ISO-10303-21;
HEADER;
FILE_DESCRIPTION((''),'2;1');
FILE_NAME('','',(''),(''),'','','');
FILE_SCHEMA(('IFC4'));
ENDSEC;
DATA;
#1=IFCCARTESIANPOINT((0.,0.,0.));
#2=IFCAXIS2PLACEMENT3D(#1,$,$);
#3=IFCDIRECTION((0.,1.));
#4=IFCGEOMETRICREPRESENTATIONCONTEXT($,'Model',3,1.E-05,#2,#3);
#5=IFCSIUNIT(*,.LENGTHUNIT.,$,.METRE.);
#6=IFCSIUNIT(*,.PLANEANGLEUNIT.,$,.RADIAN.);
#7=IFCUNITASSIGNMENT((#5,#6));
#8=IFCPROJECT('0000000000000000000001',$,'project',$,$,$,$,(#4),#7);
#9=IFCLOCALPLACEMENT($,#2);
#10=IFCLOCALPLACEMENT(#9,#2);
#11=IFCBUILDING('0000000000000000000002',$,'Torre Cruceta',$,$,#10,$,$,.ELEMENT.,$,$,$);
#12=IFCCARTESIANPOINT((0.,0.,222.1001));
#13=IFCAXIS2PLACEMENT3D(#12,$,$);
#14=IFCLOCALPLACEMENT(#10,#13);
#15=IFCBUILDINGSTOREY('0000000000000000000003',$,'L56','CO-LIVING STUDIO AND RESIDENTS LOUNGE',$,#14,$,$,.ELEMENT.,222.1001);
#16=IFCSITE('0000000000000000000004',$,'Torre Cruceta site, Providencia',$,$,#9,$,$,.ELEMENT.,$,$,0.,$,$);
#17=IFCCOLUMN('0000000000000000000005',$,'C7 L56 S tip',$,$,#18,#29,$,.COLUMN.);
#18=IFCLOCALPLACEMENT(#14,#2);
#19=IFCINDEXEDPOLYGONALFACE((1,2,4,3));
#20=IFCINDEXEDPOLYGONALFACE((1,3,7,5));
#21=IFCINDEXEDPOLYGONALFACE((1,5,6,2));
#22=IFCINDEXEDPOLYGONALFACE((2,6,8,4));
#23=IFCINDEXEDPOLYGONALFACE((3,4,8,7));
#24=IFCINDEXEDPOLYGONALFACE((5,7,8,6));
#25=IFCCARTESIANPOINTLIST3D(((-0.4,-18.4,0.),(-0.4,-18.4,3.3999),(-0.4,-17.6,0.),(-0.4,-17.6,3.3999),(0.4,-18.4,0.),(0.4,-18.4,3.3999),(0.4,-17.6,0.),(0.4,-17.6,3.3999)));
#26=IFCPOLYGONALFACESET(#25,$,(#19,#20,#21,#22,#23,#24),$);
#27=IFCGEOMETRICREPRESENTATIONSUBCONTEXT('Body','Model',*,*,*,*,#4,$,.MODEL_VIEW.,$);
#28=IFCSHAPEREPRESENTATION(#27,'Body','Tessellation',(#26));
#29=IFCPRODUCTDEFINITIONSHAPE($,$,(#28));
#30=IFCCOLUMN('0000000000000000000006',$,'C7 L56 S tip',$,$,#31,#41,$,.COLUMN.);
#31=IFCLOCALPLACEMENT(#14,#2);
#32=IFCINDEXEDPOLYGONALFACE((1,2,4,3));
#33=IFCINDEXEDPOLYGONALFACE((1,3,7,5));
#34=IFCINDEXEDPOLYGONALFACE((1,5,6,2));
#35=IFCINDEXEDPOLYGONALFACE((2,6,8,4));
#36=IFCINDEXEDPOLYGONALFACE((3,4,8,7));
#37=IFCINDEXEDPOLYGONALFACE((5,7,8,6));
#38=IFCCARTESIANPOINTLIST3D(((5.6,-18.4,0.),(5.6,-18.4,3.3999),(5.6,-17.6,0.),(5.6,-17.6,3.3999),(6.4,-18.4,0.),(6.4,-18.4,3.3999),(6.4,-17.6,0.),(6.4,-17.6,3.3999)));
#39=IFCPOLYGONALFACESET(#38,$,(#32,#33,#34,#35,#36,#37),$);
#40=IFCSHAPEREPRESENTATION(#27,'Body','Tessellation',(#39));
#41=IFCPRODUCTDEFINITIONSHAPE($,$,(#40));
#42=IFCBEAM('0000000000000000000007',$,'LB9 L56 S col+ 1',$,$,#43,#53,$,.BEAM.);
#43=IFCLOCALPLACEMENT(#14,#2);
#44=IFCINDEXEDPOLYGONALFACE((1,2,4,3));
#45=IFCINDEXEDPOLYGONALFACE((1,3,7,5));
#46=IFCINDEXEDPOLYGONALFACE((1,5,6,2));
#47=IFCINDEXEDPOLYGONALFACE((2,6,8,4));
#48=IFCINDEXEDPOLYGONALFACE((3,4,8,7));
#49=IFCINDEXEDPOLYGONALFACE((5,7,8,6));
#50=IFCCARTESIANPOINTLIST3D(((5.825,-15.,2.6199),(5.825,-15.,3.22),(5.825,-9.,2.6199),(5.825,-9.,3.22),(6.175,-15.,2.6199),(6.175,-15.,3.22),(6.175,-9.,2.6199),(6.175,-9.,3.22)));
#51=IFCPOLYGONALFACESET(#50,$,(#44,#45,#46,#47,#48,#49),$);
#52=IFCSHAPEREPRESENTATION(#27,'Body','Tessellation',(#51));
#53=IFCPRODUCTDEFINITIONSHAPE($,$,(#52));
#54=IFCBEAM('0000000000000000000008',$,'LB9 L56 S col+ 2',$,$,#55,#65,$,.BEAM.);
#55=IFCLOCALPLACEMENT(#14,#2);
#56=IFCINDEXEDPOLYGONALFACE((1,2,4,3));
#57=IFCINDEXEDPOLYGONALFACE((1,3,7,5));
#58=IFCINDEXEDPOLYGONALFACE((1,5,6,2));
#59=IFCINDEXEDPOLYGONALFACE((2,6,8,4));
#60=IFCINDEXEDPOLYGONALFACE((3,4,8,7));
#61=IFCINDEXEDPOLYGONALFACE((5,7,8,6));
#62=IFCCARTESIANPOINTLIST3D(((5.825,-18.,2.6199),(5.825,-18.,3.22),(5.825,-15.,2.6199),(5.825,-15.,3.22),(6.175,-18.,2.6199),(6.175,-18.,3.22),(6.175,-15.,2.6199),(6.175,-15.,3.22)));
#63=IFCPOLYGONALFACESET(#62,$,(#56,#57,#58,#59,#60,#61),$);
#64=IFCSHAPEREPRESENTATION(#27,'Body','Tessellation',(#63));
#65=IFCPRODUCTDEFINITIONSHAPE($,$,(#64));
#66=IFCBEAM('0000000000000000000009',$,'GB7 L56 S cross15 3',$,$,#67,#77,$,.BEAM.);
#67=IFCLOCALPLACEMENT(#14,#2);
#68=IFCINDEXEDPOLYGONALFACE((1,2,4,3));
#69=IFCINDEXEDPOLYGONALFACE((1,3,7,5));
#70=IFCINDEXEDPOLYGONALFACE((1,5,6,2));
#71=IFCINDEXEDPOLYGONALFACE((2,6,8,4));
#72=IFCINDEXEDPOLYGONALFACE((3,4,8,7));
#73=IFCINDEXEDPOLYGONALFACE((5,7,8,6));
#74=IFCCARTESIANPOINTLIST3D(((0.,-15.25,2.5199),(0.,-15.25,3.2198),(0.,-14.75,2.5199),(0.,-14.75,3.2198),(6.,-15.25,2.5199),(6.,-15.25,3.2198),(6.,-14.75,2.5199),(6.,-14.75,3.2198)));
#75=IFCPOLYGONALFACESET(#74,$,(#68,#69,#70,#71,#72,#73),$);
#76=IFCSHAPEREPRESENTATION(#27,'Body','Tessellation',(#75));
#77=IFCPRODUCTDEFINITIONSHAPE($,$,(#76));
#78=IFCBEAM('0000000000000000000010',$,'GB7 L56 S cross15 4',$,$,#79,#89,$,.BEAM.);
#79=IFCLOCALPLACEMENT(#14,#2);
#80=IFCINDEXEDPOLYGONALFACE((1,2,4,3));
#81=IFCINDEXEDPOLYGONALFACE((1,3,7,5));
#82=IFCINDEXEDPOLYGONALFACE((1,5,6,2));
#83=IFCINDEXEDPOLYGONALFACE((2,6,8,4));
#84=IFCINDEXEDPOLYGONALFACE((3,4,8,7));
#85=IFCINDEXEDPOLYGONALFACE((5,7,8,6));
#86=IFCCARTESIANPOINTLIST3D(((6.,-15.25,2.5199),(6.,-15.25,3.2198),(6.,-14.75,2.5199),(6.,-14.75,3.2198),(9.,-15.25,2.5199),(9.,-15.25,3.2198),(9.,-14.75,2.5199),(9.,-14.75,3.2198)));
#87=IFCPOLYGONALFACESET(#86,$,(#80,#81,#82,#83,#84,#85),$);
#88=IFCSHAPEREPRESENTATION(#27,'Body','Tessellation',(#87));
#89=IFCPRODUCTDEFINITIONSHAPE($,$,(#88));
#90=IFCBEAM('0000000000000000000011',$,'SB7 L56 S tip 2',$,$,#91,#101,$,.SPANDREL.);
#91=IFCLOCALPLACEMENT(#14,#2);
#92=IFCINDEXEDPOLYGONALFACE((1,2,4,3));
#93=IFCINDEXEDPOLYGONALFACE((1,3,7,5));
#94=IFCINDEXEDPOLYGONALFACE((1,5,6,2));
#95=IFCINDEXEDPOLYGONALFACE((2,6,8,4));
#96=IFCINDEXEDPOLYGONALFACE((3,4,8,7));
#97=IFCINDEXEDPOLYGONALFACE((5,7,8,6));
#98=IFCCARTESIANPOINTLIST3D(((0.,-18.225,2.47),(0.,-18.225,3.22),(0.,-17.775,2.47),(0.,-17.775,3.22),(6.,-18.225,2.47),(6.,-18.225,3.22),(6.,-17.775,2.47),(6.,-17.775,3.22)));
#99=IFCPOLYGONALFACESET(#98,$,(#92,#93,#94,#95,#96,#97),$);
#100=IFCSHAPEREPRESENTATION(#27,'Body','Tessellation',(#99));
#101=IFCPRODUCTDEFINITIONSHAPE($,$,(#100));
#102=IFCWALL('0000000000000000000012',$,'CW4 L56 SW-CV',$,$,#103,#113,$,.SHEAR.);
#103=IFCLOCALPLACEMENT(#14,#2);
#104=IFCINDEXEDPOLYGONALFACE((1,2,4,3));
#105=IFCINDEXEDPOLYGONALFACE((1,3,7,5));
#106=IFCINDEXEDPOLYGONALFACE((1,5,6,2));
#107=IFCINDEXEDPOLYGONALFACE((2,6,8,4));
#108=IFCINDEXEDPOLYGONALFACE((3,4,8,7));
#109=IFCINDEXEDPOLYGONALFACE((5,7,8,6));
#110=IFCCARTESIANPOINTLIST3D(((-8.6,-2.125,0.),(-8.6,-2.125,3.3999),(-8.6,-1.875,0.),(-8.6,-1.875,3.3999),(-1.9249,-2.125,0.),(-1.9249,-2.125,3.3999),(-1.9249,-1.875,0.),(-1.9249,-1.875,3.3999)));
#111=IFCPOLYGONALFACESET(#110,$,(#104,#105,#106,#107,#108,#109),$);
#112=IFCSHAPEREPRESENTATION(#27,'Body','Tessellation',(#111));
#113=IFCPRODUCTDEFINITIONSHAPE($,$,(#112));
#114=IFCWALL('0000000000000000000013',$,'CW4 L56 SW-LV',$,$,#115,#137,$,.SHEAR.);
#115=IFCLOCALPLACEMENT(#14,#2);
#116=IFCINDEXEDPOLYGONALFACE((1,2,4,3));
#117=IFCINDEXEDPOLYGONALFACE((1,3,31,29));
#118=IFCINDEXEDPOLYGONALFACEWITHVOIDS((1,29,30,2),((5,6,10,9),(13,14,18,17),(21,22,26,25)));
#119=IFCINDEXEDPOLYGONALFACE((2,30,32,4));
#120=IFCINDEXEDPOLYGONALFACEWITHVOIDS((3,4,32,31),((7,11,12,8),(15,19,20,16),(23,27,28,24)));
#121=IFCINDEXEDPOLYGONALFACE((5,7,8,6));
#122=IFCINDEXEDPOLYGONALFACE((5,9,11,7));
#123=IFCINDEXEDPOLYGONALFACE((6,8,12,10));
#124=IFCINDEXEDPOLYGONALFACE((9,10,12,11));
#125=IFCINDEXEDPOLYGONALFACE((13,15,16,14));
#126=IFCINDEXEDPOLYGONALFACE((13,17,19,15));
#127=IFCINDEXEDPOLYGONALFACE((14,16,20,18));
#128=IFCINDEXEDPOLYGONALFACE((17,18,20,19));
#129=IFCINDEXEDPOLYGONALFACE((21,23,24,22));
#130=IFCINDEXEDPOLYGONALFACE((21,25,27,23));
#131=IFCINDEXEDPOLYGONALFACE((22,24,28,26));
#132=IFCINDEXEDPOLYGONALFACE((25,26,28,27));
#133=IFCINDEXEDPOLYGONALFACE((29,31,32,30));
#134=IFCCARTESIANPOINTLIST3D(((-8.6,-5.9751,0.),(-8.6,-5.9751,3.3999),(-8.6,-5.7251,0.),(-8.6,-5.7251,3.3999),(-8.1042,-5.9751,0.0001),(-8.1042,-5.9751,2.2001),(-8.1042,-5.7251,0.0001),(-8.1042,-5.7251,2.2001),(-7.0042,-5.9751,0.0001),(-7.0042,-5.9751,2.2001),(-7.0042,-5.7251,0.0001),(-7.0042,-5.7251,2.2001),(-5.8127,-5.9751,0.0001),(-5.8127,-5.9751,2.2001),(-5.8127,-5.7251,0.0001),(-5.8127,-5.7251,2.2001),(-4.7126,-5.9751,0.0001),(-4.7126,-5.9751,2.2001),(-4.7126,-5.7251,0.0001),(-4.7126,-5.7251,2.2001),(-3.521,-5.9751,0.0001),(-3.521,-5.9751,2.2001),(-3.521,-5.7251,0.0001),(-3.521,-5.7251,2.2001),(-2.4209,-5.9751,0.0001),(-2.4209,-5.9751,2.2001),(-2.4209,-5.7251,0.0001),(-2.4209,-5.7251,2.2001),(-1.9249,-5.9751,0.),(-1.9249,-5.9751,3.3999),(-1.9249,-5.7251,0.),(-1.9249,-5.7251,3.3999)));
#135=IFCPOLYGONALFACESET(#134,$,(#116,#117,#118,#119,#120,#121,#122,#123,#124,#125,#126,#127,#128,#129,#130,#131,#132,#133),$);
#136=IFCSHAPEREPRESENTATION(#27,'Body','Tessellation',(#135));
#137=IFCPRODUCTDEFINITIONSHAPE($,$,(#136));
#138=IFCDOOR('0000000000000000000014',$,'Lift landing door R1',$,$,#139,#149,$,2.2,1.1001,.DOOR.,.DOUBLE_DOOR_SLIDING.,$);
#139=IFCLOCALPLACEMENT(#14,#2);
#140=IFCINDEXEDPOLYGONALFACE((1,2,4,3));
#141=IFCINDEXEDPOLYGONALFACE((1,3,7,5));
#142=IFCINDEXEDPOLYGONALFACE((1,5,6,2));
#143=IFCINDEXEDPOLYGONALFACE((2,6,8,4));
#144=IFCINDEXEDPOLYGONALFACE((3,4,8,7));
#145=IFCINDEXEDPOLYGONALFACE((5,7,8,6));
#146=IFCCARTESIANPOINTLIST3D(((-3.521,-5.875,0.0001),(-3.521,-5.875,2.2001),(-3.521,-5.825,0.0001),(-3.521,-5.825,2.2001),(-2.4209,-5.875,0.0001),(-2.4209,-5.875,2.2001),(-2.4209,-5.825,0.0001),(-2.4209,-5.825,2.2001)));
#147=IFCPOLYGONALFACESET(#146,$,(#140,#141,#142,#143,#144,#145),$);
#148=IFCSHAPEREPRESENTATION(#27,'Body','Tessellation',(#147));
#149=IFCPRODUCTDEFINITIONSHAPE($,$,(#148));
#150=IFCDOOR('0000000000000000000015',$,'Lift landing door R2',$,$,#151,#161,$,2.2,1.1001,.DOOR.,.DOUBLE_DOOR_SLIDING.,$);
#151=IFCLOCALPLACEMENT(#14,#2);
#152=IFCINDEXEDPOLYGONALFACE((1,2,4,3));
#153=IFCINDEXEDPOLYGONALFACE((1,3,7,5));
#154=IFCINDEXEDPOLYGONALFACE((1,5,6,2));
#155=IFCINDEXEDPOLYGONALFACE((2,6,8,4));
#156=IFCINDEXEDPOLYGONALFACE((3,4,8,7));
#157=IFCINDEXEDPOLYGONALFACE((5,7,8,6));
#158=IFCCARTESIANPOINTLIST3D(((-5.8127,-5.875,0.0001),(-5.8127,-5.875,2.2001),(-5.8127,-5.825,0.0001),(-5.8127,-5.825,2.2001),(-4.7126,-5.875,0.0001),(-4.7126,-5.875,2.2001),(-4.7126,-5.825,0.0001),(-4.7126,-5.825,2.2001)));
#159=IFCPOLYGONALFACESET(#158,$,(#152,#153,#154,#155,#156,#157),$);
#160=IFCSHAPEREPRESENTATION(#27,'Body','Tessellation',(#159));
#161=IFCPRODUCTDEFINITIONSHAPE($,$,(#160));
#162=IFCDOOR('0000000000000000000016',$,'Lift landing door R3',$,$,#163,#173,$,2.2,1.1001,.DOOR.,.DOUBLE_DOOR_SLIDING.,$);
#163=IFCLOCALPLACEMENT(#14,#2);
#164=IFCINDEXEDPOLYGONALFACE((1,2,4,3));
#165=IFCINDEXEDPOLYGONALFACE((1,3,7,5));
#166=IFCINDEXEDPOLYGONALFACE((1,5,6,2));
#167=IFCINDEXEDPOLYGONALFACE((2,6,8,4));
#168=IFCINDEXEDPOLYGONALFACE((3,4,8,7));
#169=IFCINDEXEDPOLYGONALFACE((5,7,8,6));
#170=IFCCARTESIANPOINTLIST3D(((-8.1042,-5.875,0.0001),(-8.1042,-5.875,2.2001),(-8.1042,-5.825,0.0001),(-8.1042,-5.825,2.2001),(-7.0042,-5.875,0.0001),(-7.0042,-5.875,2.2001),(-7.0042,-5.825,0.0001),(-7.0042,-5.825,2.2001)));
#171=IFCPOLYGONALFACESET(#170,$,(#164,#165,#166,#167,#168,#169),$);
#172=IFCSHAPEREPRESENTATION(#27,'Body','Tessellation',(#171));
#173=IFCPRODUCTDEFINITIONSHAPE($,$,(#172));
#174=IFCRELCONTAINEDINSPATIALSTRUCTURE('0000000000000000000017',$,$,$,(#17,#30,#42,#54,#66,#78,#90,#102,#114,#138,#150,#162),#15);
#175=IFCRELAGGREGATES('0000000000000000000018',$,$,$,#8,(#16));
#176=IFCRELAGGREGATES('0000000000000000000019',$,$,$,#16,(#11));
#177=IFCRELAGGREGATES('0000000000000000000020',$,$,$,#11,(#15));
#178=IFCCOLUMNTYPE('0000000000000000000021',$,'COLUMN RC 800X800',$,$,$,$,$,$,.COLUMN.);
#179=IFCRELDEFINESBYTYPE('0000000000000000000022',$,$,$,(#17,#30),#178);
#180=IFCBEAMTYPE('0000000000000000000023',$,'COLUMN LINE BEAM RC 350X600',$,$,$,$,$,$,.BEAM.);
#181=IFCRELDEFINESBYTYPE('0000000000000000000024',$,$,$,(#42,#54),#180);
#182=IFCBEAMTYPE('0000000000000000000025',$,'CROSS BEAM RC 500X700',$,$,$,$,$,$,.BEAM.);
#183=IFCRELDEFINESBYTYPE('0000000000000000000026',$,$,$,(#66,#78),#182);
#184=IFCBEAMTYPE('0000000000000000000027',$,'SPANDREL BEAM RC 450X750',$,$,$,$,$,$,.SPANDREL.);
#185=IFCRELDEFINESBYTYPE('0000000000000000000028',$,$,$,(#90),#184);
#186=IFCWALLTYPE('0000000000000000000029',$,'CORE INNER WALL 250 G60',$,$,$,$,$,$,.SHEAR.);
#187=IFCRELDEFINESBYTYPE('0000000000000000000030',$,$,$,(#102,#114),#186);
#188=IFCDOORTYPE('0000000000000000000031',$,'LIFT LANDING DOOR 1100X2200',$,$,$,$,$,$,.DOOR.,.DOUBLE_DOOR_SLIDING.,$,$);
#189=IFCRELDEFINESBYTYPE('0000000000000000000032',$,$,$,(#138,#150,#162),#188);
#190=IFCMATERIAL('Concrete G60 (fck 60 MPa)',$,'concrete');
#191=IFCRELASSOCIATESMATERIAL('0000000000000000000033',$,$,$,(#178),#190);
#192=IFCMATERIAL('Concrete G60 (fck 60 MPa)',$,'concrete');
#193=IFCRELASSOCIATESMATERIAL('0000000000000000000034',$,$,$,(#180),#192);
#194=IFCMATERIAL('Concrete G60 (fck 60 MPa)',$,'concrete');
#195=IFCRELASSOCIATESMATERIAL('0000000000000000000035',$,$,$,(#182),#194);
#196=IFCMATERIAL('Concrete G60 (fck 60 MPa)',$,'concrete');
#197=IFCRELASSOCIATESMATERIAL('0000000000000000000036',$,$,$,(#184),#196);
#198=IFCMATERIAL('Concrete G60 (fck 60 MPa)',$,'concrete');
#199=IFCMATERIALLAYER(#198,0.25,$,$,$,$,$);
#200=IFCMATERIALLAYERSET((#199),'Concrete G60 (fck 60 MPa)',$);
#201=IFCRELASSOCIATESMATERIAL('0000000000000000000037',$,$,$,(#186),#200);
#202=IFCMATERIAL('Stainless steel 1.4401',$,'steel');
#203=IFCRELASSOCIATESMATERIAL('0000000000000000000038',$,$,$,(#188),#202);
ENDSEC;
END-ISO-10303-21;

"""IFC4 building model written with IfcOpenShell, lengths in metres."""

from ifc_helpers import new_model, si_unit, direction, frame, frame_2d, origin, origin_2d, place, context, subcontext, project, spatial, rectangle, extrude, material, layer, layer_set, material_profile, profile_set, type_object, element, fill, save


model = new_model("IFC4")

# Units and contexts
model_context = context("Model", 3, precision=1e-05, world=origin(), true_north=direction((0.0, 1.0)))
body_context = subcontext(model_context, "Body", "Model", "MODEL_VIEW")
ifc_project = project(units=[si_unit("LENGTHUNIT", "METRE"), si_unit("PLANEANGLEUNIT", "RADIAN")], contexts=[model_context])

# Site, building, storey
site_placement = place(None, origin())
site = spatial("IfcSite", under=ifc_project, at=site_placement, Name="Torre Cruceta site, Providencia", CompositionType="ELEMENT", RefElevation=0.0)
building_placement = place(site_placement, origin())
building = spatial("IfcBuilding", under=site, at=building_placement, Name="Torre Cruceta", CompositionType="ELEMENT")
storey_placement = place(building_placement, frame((0.0, 0.0, 222.1001)))
storey = spatial("IfcBuildingStorey", under=building, at=storey_placement, Name="L56", Description="CO-LIVING STUDIO AND RESIDENTS LOUNGE", CompositionType="ELEMENT", Elevation=222.1001)

# Columns
ifc_material_1 = material(Name="Concrete G60 (fck 60 MPa)", Category="concrete")
ifc_material_profile_1 = material_profile(ifc_material_1, rectangle(XDim=0.8, YDim=0.8, at=origin_2d()), Name="RC 800X800")
ifc_profile_set_1 = profile_set([ifc_material_profile_1], Name="Concrete G60 (fck 60 MPa)")
column_type = type_object("IfcColumnType", Name="COLUMN RC 800X800", PredefinedType="COLUMN", material=ifc_profile_set_1)
for number, where, z_axis, x_axis, name in (
    (1, (0.0, -18.0, 0.0), (0.0, 0.0, 1.0), (1.0, 0.0, 0.0), "C7 L56 S tip"),
    (2, (6.0, -18.0, 0.0), (0.0, 0.0, 1.0), (1.0, 0.0, 0.0), "C7 L56 S tip"),
):
    element("IfcColumn", number, at=place(storey_placement, frame(where, z_axis=z_axis, x_axis=x_axis)), inside=storey, type_object=column_type, Name=name, PredefinedType="COLUMN", context=body_context, shape_type="SweptSolid", body=[
        extrude(rectangle(XDim=0.8, YDim=0.8, at=origin_2d()), origin(), (0.0, 0.0, 1.0), 3.3999),
    ])

# Beams
ifc_material_2 = material(Name="Concrete G60 (fck 60 MPa)", Category="concrete")
ifc_material_profile_2 = material_profile(ifc_material_2, rectangle(XDim=0.3501, YDim=0.6001, at=origin_2d()), Name="RC 350X600")
ifc_profile_set_2 = profile_set([ifc_material_profile_2], Name="Concrete G60 (fck 60 MPa)")
beam_type_1 = type_object("IfcBeamType", Name="COLUMN LINE BEAM RC 350X600", PredefinedType="BEAM", material=ifc_profile_set_2)
beam_1_placement = place(storey_placement, frame((6.0, -9.0, 2.9199), z_axis=(0.0, -1.0, 0.0), x_axis=(1.0, 0.0, 0.0)))
element("IfcBeam", 3, at=beam_1_placement, inside=storey, type_object=beam_type_1, Name="LB9 L56 S col+ 1", PredefinedType="BEAM", context=body_context, shape_type="SweptSolid", body=[
    extrude(rectangle(XDim=0.3501, YDim=0.6001, at=origin_2d()), origin(), (0.0, 0.0, 1.0), 6.0),
])
beam_2_placement = place(storey_placement, frame((6.0, -15.0, 2.9199), z_axis=(0.0, -1.0, 0.0), x_axis=(1.0, 0.0, 0.0)))
element("IfcBeam", 4, at=beam_2_placement, inside=storey, type_object=beam_type_1, Name="LB9 L56 S col+ 2", PredefinedType="BEAM", context=body_context, shape_type="SweptSolid", body=[
    extrude(rectangle(XDim=0.3501, YDim=0.6001, at=origin_2d()), origin(), (0.0, 0.0, 1.0), 3.0),
])
ifc_material_3 = material(Name="Concrete G60 (fck 60 MPa)", Category="concrete")
ifc_material_profile_3 = material_profile(ifc_material_3, rectangle(XDim=0.5, YDim=0.7, at=origin_2d()), Name="RC 500X700")
ifc_profile_set_3 = profile_set([ifc_material_profile_3], Name="Concrete G60 (fck 60 MPa)")
beam_type_2 = type_object("IfcBeamType", Name="CROSS BEAM RC 500X700", PredefinedType="BEAM", material=ifc_profile_set_3)
beam_3_placement = place(storey_placement, frame((0.0, -15.0, 2.8699), z_axis=(1.0, 0.0, 0.0), x_axis=(0.0, 1.0, 0.0)))
element("IfcBeam", 5, at=beam_3_placement, inside=storey, type_object=beam_type_2, Name="GB7 L56 S cross15 3", PredefinedType="BEAM", context=body_context, shape_type="SweptSolid", body=[
    extrude(rectangle(XDim=0.5, YDim=0.7, at=origin_2d()), origin(), (0.0, 0.0, 1.0), 6.0),
])
beam_4_placement = place(storey_placement, frame((6.0, -15.0, 2.8699), z_axis=(1.0, 0.0, 0.0), x_axis=(0.0, 1.0, 0.0)))
element("IfcBeam", 6, at=beam_4_placement, inside=storey, type_object=beam_type_2, Name="GB7 L56 S cross15 4", PredefinedType="BEAM", context=body_context, shape_type="SweptSolid", body=[
    extrude(rectangle(XDim=0.5, YDim=0.7, at=origin_2d()), origin(), (0.0, 0.0, 1.0), 3.0),
])
ifc_material_4 = material(Name="Concrete G60 (fck 60 MPa)", Category="concrete")
ifc_material_profile_4 = material_profile(ifc_material_4, rectangle(XDim=0.45, YDim=0.75, at=origin_2d()), Name="RC 450X750")
ifc_profile_set_4 = profile_set([ifc_material_profile_4], Name="Concrete G60 (fck 60 MPa)")
beam_type_3 = type_object("IfcBeamType", Name="SPANDREL BEAM RC 450X750", PredefinedType="SPANDREL", material=ifc_profile_set_4)
beam_5_placement = place(storey_placement, frame((0.0, -18.0, 2.845), z_axis=(1.0, 0.0, 0.0), x_axis=(0.0, 1.0, 0.0)))
element("IfcBeam", 7, at=beam_5_placement, inside=storey, type_object=beam_type_3, Name="SB7 L56 S tip 2", PredefinedType="SPANDREL", context=body_context, shape_type="SweptSolid", body=[
    extrude(rectangle(XDim=0.45, YDim=0.75, at=origin_2d()), origin(), (0.0, 0.0, 1.0), 6.0),
])

# Wall
ifc_material_5 = material(Name="Concrete G60 (fck 60 MPa)", Category="concrete")
ifc_layer_1 = layer(ifc_material_5, 0.25)
ifc_layer_set_1 = layer_set([ifc_layer_1], Name="Concrete G60 (fck 60 MPa)")
wall_type_1 = type_object("IfcWallType", Name="CORE INNER WALL 250 G60", PredefinedType="SHEAR", material=ifc_layer_set_1)
wall_1_placement = place(storey_placement, frame((-1.925, -2.0, 0.0), z_axis=(0.0, 0.0, 1.0), x_axis=(-1.0, 0.0, 0.0)))
element("IfcWall", 8, at=wall_1_placement, inside=storey, type_object=wall_type_1, Name="CW4 L56 SW-CV", PredefinedType="SHEAR", context=body_context, shape_type="SweptSolid", body=[
    extrude(rectangle(XDim=6.675, YDim=0.25, at=frame_2d((3.3374, 0.0))), origin(), (0.0, 0.0, 1.0), 3.3999),
])

# Wall, openings, doors
wall_2_placement = place(storey_placement, frame((-1.925, -5.8501, 0.0), z_axis=(0.0, 0.0, 1.0), x_axis=(-1.0, 0.0, 0.0)))
wall_2 = element("IfcWall", 9, at=wall_2_placement, inside=storey, type_object=wall_type_1, Name="CW4 L56 SW-LV", PredefinedType="SHEAR", context=body_context, shape_type="SweptSolid", body=[
    extrude(rectangle(XDim=6.675, YDim=0.25, at=frame_2d((3.3374, 0.0))), origin(), (0.0, 0.0, 1.0), 3.3999),
])
opening_1_placement = place(wall_2_placement, frame((0.4958, 0.0, 0.0)))
opening_1 = element("IfcOpeningElement", 10, at=opening_1_placement, cuts=wall_2, PredefinedType="OPENING", context=body_context, shape_type="SweptSolid", body=[
    extrude(rectangle(XDim=1.1001, YDim=2.2, at=frame_2d((0.55, 1.1001))), frame((0.0, 0.135, 0.0), z_axis=(0.0, -1.0, 0.0), x_axis=(1.0, 0.0, 0.0)), (0.0, 0.0, 1.0), 0.27),
])
opening_2_placement = place(wall_2_placement, frame((2.7876, 0.0, 0.0)))
opening_2 = element("IfcOpeningElement", 11, at=opening_2_placement, cuts=wall_2, PredefinedType="OPENING", context=body_context, shape_type="SweptSolid", body=[
    extrude(rectangle(XDim=1.1001, YDim=2.2, at=frame_2d((0.55, 1.1001))), frame((0.0, 0.135, 0.0), z_axis=(0.0, -1.0, 0.0), x_axis=(1.0, 0.0, 0.0)), (0.0, 0.0, 1.0), 0.27),
])
opening_3_placement = place(wall_2_placement, frame((5.0791, 0.0, 0.0)))
opening_3 = element("IfcOpeningElement", 12, at=opening_3_placement, cuts=wall_2, PredefinedType="OPENING", context=body_context, shape_type="SweptSolid", body=[
    extrude(rectangle(XDim=1.1001, YDim=2.2, at=frame_2d((0.55, 1.1001))), frame((0.0, 0.135, 0.0), z_axis=(0.0, -1.0, 0.0), x_axis=(1.0, 0.0, 0.0)), (0.0, 0.0, 1.0), 0.27),
])
ifc_material_6 = material(Name="Stainless steel 1.4401", Category="steel")
door_type_1 = type_object("IfcDoorType", Name="LIFT LANDING DOOR 1100X2200", OperationType="DOUBLE_DOOR_SLIDING", PredefinedType="DOOR", material=ifc_material_6)
door_1_placement = place(opening_1_placement, origin())
door_1 = element("IfcDoor", 13, at=door_1_placement, inside=storey, type_object=door_type_1, Name="Lift landing door R1", OperationType="DOUBLE_DOOR_SLIDING", OverallHeight=2.2, OverallWidth=1.1001, PredefinedType="DOOR", context=body_context, shape_type="SweptSolid", body=[
    extrude(rectangle(XDim=1.1001, YDim=2.2, at=frame_2d((0.55, 1.1001))), frame((0.0, 0.0249, 0.0), z_axis=(0.0, -1.0, 0.0), x_axis=(1.0, 0.0, 0.0)), (0.0, 0.0, 1.0), 0.05),
])
fill(opening_1, door_1)
door_2_placement = place(opening_2_placement, origin())
door_2 = element("IfcDoor", 14, at=door_2_placement, inside=storey, type_object=door_type_1, Name="Lift landing door R2", OperationType="DOUBLE_DOOR_SLIDING", OverallHeight=2.2, OverallWidth=1.1001, PredefinedType="DOOR", context=body_context, shape_type="SweptSolid", body=[
    extrude(rectangle(XDim=1.1001, YDim=2.2, at=frame_2d((0.55, 1.1001))), frame((0.0, 0.0249, 0.0), z_axis=(0.0, -1.0, 0.0), x_axis=(1.0, 0.0, 0.0)), (0.0, 0.0, 1.0), 0.05),
])
fill(opening_2, door_2)
door_3_placement = place(opening_3_placement, origin())
door_3 = element("IfcDoor", 15, at=door_3_placement, inside=storey, type_object=door_type_1, Name="Lift landing door R3", OperationType="DOUBLE_DOOR_SLIDING", OverallHeight=2.2, OverallWidth=1.1001, PredefinedType="DOOR", context=body_context, shape_type="SweptSolid", body=[
    extrude(rectangle(XDim=1.1001, YDim=2.2, at=frame_2d((0.55, 1.1001))), frame((0.0, 0.0249, 0.0), z_axis=(0.0, -1.0, 0.0), x_axis=(1.0, 0.0, 0.0)), (0.0, 0.0, 1.0), 0.05),
])
fill(opening_3, door_3)

save(model, "model.ifc")
